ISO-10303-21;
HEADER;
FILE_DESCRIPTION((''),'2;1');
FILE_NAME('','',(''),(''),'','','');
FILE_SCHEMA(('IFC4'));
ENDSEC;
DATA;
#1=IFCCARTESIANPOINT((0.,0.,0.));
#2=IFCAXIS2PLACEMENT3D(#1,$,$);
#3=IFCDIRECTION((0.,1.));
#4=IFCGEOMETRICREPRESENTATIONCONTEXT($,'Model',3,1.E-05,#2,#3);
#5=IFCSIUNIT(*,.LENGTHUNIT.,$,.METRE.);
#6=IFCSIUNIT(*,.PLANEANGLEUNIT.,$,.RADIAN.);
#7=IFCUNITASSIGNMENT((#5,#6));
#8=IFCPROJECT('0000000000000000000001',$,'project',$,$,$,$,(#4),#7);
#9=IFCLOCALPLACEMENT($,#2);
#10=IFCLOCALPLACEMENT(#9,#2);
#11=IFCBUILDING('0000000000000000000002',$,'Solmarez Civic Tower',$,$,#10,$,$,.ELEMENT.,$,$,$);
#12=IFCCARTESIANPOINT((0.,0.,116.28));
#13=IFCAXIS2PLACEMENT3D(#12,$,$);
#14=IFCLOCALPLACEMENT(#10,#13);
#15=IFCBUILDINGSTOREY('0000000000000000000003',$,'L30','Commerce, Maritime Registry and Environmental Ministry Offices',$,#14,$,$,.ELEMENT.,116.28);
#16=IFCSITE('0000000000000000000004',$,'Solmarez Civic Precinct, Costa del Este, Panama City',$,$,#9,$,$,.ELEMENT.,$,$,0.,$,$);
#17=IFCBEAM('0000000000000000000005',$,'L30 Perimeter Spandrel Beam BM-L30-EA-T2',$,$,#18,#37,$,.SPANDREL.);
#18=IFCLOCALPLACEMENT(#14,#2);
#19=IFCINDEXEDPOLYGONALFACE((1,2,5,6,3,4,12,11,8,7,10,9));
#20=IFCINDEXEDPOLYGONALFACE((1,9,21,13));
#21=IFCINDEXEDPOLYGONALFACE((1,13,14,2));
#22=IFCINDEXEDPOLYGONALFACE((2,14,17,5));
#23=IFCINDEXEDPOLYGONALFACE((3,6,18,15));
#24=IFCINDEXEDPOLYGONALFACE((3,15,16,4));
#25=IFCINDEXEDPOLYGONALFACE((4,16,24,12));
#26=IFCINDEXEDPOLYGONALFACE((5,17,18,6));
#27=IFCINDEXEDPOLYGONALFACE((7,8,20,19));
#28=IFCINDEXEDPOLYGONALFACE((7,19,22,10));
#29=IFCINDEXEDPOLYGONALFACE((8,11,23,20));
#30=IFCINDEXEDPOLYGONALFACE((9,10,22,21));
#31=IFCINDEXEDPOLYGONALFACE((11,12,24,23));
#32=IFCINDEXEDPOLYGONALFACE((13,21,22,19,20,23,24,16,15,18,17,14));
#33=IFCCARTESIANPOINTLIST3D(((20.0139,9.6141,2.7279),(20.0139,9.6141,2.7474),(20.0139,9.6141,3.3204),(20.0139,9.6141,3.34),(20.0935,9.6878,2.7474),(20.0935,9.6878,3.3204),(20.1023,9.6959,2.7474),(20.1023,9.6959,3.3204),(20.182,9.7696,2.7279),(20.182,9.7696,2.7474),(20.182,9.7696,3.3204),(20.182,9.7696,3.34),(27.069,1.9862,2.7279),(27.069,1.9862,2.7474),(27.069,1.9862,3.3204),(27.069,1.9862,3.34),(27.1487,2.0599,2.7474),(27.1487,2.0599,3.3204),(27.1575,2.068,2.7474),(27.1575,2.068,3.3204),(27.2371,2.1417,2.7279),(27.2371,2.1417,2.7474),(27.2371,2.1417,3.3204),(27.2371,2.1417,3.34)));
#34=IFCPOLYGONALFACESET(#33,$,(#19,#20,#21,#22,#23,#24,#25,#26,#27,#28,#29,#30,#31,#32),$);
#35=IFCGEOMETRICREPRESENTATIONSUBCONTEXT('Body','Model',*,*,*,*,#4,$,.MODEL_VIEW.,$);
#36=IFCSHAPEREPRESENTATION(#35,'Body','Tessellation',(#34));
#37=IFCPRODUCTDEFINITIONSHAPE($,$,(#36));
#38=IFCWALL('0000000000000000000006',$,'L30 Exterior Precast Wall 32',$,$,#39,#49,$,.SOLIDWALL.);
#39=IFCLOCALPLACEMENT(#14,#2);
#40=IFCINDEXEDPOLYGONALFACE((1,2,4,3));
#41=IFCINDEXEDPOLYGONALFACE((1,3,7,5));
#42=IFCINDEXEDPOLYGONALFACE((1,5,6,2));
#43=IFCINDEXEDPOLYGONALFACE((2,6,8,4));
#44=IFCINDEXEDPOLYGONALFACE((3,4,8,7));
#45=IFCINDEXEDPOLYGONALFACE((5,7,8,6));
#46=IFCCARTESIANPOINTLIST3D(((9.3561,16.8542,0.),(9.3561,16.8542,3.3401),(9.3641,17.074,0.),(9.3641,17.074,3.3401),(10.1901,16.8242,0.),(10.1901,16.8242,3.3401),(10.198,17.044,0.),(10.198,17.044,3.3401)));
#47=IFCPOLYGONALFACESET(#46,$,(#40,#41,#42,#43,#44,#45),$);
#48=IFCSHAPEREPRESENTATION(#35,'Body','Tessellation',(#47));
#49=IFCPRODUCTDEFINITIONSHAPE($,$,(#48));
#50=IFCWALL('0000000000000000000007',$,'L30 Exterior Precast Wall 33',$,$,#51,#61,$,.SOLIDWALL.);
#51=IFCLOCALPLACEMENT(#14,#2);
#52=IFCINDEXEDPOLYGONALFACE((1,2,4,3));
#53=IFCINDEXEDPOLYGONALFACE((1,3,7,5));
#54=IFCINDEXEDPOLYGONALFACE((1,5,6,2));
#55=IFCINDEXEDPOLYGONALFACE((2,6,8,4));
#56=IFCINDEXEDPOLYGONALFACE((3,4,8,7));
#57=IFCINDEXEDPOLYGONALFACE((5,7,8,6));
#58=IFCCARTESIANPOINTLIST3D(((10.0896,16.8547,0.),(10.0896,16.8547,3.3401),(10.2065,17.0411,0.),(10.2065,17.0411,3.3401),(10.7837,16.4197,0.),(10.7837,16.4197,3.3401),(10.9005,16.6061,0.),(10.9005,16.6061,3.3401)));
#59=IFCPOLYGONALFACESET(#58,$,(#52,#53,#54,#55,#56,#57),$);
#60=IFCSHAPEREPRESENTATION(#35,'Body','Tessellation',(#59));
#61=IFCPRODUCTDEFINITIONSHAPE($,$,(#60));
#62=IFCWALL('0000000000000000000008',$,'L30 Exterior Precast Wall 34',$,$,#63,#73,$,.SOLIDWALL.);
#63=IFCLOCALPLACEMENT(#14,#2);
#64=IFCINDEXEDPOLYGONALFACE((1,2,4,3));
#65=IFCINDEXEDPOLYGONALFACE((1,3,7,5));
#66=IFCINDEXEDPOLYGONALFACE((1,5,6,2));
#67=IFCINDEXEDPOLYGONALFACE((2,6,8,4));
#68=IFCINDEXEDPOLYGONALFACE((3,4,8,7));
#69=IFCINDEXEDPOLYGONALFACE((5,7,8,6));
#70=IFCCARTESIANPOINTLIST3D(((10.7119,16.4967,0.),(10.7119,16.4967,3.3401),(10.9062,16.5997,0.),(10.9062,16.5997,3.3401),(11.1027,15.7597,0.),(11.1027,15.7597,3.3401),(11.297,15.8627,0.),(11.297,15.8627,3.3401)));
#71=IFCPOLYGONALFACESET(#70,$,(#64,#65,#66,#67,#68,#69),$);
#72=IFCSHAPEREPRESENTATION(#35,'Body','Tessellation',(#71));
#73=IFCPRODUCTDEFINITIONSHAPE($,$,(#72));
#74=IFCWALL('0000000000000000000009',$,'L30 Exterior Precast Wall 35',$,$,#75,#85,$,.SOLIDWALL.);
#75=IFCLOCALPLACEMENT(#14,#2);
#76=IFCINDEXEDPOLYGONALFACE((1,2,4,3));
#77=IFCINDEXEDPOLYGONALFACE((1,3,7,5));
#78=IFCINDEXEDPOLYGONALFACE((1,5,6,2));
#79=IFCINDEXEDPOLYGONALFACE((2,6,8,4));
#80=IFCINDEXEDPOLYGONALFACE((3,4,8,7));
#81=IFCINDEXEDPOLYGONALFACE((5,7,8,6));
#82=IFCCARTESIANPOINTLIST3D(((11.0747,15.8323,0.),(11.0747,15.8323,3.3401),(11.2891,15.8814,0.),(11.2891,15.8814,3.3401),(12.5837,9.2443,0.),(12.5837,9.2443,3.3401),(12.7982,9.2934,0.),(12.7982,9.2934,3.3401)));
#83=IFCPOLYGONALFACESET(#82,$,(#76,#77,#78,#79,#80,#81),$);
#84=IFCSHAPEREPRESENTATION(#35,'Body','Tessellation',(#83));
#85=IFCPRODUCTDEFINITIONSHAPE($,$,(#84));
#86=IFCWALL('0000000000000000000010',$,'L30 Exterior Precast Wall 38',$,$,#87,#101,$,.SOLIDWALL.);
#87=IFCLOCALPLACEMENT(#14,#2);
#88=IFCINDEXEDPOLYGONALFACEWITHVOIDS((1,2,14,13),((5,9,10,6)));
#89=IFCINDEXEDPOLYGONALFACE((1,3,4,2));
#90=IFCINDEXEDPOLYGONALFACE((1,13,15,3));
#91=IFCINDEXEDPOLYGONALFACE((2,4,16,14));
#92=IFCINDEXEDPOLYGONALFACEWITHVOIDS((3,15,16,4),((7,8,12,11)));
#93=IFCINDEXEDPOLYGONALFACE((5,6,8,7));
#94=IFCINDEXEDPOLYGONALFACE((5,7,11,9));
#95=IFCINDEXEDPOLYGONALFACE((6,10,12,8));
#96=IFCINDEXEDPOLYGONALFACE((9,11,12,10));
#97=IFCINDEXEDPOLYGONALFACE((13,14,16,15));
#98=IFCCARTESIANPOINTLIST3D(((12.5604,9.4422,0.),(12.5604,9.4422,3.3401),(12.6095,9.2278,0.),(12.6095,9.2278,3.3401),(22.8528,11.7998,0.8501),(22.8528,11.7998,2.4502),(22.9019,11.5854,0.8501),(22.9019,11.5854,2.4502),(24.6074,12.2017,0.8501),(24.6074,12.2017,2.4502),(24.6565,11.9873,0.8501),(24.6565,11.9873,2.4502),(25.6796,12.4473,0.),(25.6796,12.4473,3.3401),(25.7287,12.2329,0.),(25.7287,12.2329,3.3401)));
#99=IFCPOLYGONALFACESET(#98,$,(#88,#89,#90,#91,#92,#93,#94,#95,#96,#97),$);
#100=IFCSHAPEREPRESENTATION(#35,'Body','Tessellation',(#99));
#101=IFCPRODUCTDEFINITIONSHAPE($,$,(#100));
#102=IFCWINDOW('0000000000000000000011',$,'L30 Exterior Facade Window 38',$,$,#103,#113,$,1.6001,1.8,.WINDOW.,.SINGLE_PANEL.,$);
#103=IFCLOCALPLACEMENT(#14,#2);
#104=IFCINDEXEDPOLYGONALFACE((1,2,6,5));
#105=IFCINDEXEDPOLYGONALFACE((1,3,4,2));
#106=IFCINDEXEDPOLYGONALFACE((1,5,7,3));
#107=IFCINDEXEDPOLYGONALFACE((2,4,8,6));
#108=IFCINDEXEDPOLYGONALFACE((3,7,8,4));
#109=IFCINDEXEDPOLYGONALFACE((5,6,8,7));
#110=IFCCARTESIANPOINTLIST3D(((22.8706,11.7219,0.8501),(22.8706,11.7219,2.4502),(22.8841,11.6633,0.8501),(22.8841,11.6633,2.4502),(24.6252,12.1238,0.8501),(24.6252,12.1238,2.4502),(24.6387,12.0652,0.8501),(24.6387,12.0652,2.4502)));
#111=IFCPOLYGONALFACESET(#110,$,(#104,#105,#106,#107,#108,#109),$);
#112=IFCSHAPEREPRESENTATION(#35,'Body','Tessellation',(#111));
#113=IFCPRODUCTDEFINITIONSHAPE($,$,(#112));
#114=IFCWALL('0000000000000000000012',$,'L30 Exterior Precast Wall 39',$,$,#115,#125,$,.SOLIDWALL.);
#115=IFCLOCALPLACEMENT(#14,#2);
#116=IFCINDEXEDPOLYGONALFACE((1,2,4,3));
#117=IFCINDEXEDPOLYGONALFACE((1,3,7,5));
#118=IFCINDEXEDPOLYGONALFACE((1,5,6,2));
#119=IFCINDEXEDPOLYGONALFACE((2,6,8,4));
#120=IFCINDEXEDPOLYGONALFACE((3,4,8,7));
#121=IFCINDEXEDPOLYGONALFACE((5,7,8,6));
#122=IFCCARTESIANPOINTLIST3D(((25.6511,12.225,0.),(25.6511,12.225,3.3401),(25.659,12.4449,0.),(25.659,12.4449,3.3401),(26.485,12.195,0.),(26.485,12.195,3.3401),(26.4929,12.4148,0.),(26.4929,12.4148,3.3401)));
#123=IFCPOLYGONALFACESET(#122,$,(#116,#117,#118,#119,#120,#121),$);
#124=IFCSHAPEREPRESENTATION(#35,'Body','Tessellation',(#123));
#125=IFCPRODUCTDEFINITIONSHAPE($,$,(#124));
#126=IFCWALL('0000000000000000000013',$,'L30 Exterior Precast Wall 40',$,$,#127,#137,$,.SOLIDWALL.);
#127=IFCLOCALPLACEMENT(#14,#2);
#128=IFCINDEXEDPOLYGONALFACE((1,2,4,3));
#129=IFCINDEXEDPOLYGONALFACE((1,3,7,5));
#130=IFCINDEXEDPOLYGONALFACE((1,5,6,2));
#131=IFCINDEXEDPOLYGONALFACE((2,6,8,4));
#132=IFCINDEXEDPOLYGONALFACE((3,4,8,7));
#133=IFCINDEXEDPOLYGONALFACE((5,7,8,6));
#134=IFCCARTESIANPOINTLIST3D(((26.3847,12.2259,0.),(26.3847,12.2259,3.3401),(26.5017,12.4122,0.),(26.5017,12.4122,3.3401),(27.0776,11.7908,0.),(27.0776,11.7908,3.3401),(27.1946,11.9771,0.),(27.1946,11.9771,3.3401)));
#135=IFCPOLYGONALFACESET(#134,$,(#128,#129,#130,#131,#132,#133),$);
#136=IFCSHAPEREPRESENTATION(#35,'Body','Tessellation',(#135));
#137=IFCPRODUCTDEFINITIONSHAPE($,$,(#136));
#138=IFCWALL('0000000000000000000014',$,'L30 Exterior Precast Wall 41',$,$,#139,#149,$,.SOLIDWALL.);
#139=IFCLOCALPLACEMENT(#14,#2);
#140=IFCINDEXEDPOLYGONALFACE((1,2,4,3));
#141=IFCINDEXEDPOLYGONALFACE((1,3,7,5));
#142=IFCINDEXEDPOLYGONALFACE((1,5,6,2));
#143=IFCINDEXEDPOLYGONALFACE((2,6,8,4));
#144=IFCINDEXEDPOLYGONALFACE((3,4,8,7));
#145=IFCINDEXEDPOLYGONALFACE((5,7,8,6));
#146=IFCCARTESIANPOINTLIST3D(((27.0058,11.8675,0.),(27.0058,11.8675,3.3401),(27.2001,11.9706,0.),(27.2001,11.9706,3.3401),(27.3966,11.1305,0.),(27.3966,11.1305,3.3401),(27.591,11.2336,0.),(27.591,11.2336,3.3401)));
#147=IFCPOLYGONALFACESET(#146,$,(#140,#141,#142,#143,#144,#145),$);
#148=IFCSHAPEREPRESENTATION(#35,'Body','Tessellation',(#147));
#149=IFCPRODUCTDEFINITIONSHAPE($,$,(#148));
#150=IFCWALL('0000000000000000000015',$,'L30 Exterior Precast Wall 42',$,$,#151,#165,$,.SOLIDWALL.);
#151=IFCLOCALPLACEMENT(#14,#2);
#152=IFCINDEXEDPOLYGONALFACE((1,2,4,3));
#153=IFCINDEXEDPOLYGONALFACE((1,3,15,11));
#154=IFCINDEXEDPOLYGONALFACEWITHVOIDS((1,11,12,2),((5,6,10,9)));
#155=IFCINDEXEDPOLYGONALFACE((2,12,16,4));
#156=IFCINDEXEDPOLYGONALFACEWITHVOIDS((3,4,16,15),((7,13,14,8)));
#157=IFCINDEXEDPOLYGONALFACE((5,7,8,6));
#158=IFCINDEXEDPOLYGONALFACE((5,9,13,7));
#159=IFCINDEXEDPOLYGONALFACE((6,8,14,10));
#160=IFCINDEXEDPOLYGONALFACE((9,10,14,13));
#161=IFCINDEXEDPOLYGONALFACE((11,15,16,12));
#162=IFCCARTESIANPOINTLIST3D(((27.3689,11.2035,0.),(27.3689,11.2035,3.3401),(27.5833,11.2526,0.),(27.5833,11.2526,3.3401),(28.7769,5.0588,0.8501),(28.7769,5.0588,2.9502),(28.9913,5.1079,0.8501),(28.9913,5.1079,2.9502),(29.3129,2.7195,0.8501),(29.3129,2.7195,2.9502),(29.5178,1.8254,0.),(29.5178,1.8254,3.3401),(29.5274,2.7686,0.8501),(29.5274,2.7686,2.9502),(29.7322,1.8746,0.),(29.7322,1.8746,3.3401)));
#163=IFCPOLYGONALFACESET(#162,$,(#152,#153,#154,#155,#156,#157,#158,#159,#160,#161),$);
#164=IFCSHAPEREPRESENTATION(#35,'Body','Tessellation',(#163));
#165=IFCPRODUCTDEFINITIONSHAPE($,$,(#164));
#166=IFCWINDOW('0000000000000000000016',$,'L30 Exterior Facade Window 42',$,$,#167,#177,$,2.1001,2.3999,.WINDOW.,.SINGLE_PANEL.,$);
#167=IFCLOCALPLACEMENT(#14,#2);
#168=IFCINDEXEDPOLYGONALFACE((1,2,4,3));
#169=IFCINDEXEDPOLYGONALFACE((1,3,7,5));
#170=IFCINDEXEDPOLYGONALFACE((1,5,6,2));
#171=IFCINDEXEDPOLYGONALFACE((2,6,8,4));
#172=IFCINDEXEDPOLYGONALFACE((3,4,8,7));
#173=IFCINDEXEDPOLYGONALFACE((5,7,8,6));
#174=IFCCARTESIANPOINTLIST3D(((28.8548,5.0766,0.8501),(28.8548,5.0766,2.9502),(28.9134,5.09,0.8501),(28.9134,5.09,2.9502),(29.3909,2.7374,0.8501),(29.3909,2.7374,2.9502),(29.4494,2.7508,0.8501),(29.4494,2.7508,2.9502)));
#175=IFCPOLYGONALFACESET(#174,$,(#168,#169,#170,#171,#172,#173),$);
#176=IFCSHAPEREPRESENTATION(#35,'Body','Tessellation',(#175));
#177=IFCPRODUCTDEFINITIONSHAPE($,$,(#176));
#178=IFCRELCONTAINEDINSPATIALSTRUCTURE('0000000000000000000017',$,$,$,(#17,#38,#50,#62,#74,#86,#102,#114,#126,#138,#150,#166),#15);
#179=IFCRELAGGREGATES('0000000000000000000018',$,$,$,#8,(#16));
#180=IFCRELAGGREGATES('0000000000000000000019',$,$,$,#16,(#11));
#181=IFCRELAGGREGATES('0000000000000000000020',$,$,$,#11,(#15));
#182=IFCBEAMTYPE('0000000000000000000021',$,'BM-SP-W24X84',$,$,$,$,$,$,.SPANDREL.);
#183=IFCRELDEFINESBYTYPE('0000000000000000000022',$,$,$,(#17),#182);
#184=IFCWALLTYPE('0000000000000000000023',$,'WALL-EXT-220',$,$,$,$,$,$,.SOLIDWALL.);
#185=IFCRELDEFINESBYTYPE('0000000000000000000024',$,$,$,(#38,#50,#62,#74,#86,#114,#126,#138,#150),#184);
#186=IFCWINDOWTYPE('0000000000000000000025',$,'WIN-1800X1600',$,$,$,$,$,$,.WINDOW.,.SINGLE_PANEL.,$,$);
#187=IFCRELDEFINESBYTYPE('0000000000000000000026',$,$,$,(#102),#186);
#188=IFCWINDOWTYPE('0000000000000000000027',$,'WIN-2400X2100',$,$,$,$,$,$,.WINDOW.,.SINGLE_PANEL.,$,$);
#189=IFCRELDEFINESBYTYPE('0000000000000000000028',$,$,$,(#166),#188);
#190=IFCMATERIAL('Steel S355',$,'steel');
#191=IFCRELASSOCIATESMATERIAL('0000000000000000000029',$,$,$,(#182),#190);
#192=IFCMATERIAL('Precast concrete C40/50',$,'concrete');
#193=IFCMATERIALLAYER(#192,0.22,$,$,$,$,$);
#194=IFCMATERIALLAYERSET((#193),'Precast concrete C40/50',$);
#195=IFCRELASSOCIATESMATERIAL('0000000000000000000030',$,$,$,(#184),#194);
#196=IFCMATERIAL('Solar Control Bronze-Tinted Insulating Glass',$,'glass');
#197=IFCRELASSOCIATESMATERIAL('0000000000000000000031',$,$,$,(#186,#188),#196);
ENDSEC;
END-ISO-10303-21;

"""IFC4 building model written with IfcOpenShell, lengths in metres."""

from ifc_helpers import new_model, si_unit, direction, frame, frame_2d, origin, origin_2d, place, context, subcontext, project, spatial, rectangle, i_section, extrude, material, layer, layer_set, material_profile, profile_set, type_object, element, fill, save


model = new_model("IFC4")

# Units and contexts
model_context = context("Model", 3, precision=1e-05, world=origin(), true_north=direction((0.0, 1.0)))
body_context = subcontext(model_context, "Body", "Model", "MODEL_VIEW")
ifc_project = project(units=[si_unit("LENGTHUNIT", "METRE"), si_unit("PLANEANGLEUNIT", "RADIAN")], contexts=[model_context])

# Site, building, storey
site_placement = place(None, origin())
site = spatial("IfcSite", under=ifc_project, at=site_placement, Name="Solmarez Civic Precinct, Costa del Este, Panama City", CompositionType="ELEMENT", RefElevation=0.0)
building_placement = place(site_placement, origin())
building = spatial("IfcBuilding", under=site, at=building_placement, Name="Solmarez Civic Tower", CompositionType="ELEMENT")
storey_placement = place(building_placement, frame((0.0, 0.0, 116.28)))
storey = spatial("IfcBuildingStorey", under=building, at=storey_placement, Name="L30", Description="Commerce, Maritime Registry and Environmental Ministry Offices", CompositionType="ELEMENT", Elevation=116.28)

# Beam
ifc_material_1 = material(Name="Steel S355", Category="steel")
ifc_material_profile_1 = material_profile(ifc_material_1, i_section(OverallWidth=0.229, OverallDepth=0.6121, WebThickness=0.012, FlangeThickness=0.0195, at=origin_2d()), Name="W24X84")
ifc_profile_set_1 = profile_set([ifc_material_profile_1], Name="Steel S355")
beam_type_1 = type_object("IfcBeamType", Name="BM-SP-W24X84", PredefinedType="SPANDREL", material=ifc_profile_set_1)
beam_1_placement = place(storey_placement, frame((27.1531, 2.064, 3.0339), z_axis=(-0.679008, 0.734131, 0.0), x_axis=(-0.734131, -0.679008, 0.0)))
element("IfcBeam", 1, at=beam_1_placement, inside=storey, type_object=beam_type_1, Name="L30 Perimeter Spandrel Beam BM-L30-EA-T2", PredefinedType="SPANDREL", context=body_context, shape_type="SweptSolid", body=[
    extrude(i_section(OverallWidth=0.229, OverallDepth=0.6121, WebThickness=0.012, FlangeThickness=0.0195, at=origin_2d()), origin(), (0.0, 0.0, 1.0), 10.3904),
])

# Walls
ifc_material_2 = material(Name="Precast concrete C40/50", Category="concrete")
ifc_layer_1 = layer(ifc_material_2, 0.22)
ifc_layer_set_1 = layer_set([ifc_layer_1], Name="Precast concrete C40/50")
wall_type_1 = type_object("IfcWallType", Name="WALL-EXT-220", PredefinedType="SOLIDWALL", material=ifc_layer_set_1)
wall_1_placement = place(storey_placement, frame((9.3601, 16.9641, 0.0), z_axis=(0.0, 0.0, 1.0), x_axis=(0.999352, -0.035984, 0.0)))
element("IfcWall", 2, at=wall_1_placement, inside=storey, type_object=wall_type_1, Name="L30 Exterior Precast Wall 32", PredefinedType="SOLIDWALL", context=body_context, shape_type="SweptSolid", body=[
    extrude(rectangle(XDim=0.8345, YDim=0.22, at=frame_2d((0.4172, 0.0))), origin(), (0.0, 0.0, 1.0), 3.3401),
])
wall_2_placement = place(storey_placement, frame((10.1479, 16.948, 0.0), z_axis=(0.0, 0.0, 1.0), x_axis=(0.847311, -0.531097, 0.0)))
element("IfcWall", 3, at=wall_2_placement, inside=storey, type_object=wall_type_1, Name="L30 Exterior Precast Wall 33", PredefinedType="SOLIDWALL", context=body_context, shape_type="SweptSolid", body=[
    extrude(rectangle(XDim=0.8191, YDim=0.22, at=frame_2d((0.4097, 0.0))), origin(), (0.0, 0.0, 1.0), 3.3401),
])
wall_3_placement = place(storey_placement, frame((10.8091, 16.5481, 0.0), z_axis=(0.0, 0.0, 1.0), x_axis=(0.468506, -0.88346, 0.0)))
element("IfcWall", 4, at=wall_3_placement, inside=storey, type_object=wall_type_1, Name="L30 Exterior Precast Wall 34", PredefinedType="SOLIDWALL", context=body_context, shape_type="SweptSolid", body=[
    extrude(rectangle(XDim=0.8342, YDim=0.22, at=frame_2d((0.417, 0.0))), origin(), (0.0, 0.0, 1.0), 3.3401),
])
wall_4_placement = place(storey_placement, frame((11.1819, 15.8569, 0.0), z_axis=(0.0, 0.0, 1.0), x_axis=(0.223279, -0.974755, 0.0)))
element("IfcWall", 5, at=wall_4_placement, inside=storey, type_object=wall_type_1, Name="L30 Exterior Precast Wall 35", PredefinedType="SOLIDWALL", context=body_context, shape_type="SweptSolid", body=[
    extrude(rectangle(XDim=6.7585, YDim=0.22, at=frame_2d((3.3794, 0.0))), origin(), (0.0, 0.0, 1.0), 3.3401),
])

# Wall, opening, window
wall_5_placement = place(storey_placement, frame((12.585, 9.335, 0.0), z_axis=(0.0, 0.0, 1.0), x_axis=(0.974754, 0.223281, 0.0)))
wall_5 = element("IfcWall", 6, at=wall_5_placement, inside=storey, type_object=wall_type_1, Name="L30 Exterior Precast Wall 38", PredefinedType="SOLIDWALL", context=body_context, shape_type="SweptSolid", body=[
    extrude(rectangle(XDim=13.459, YDim=0.22, at=frame_2d((6.7295, 0.0))), origin(), (0.0, 0.0, 1.0), 3.3401),
])
opening_1_placement = place(wall_5_placement, frame((10.5591, 0.0, 0.8501)))
opening_1 = element("IfcOpeningElement", 7, at=opening_1_placement, cuts=wall_5, PredefinedType="OPENING", context=body_context, shape_type="SweptSolid", body=[
    extrude(rectangle(XDim=1.8, YDim=1.6001, at=frame_2d((0.8999, 0.8))), frame((0.0, 0.1199, 0.0), z_axis=(0.0, -1.0, 0.0), x_axis=(1.0, 0.0, 0.0)), (0.0, 0.0, 1.0), 0.24),
])
ifc_material_3 = material(Name="Solar Control Bronze-Tinted Insulating Glass", Category="glass")
window_type_1 = type_object("IfcWindowType", Name="WIN-1800X1600", PartitioningType="SINGLE_PANEL", PredefinedType="WINDOW", material=ifc_material_3)
window_1_placement = place(opening_1_placement, origin())
window_1 = element("IfcWindow", 8, at=window_1_placement, inside=storey, type_object=window_type_1, Name="L30 Exterior Facade Window 38", OverallHeight=1.6001, OverallWidth=1.8, PartitioningType="SINGLE_PANEL", PredefinedType="WINDOW", context=body_context, shape_type="SweptSolid", body=[
    extrude(rectangle(XDim=1.8, YDim=1.6001, at=frame_2d((0.8999, 0.8))), frame((0.0, 0.03, 0.0), z_axis=(0.0, -1.0, 0.0), x_axis=(1.0, 0.0, 0.0)), (0.0, 0.0, 1.0), 0.0601),
])
fill(opening_1, window_1)

# Walls
wall_6_placement = place(storey_placement, frame((25.655, 12.335, 0.0), z_axis=(0.0, 0.0, 1.0), x_axis=(0.999352, -0.035984, 0.0)))
element("IfcWall", 9, at=wall_6_placement, inside=storey, type_object=wall_type_1, Name="L30 Exterior Precast Wall 39", PredefinedType="SOLIDWALL", context=body_context, shape_type="SweptSolid", body=[
    extrude(rectangle(XDim=0.8345, YDim=0.22, at=frame_2d((0.4172, 0.0))), origin(), (0.0, 0.0, 1.0), 3.3401),
])
wall_7_placement = place(storey_placement, frame((26.4431, 12.3191, 0.0), z_axis=(0.0, 0.0, 1.0), x_axis=(0.84689, -0.531768, 0.0)))
element("IfcWall", 10, at=wall_7_placement, inside=storey, type_object=wall_type_1, Name="L30 Exterior Precast Wall 40", PredefinedType="SOLIDWALL", context=body_context, shape_type="SweptSolid", body=[
    extrude(rectangle(XDim=0.8181, YDim=0.22, at=frame_2d((0.4092, 0.0))), origin(), (0.0, 0.0, 1.0), 3.3401),
])
wall_8_placement = place(storey_placement, frame((27.103, 11.9189, 0.0), z_axis=(0.0, 0.0, 1.0), x_axis=(0.468506, -0.88346, 0.0)))
element("IfcWall", 11, at=wall_8_placement, inside=storey, type_object=wall_type_1, Name="L30 Exterior Precast Wall 41", PredefinedType="SOLIDWALL", context=body_context, shape_type="SweptSolid", body=[
    extrude(rectangle(XDim=0.8342, YDim=0.22, at=frame_2d((0.417, 0.0))), origin(), (0.0, 0.0, 1.0), 3.3401),
])

# Wall, opening, window
wall_9_placement = place(storey_placement, frame((27.4761, 11.228, 0.0), z_axis=(0.0, 0.0, 1.0), x_axis=(0.223358, -0.974736, 0.0)))
wall_9 = element("IfcWall", 12, at=wall_9_placement, inside=storey, type_object=wall_type_1, Name="L30 Exterior Precast Wall 42", PredefinedType="SOLIDWALL", context=body_context, shape_type="SweptSolid", body=[
    extrude(rectangle(XDim=9.6211, YDim=0.22, at=frame_2d((4.8105, 0.0))), origin(), (0.0, 0.0, 1.0), 3.3401),
])
opening_2_placement = place(wall_9_placement, frame((6.304, 0.0, 0.8501)))
opening_2 = element("IfcOpeningElement", 13, at=opening_2_placement, cuts=wall_9, PredefinedType="OPENING", context=body_context, shape_type="SweptSolid", body=[
    extrude(rectangle(XDim=2.3999, YDim=2.1001, at=frame_2d((1.2, 1.05))), frame((0.0, 0.1199, 0.0), z_axis=(0.0, -1.0, 0.0), x_axis=(1.0, 0.0, 0.0)), (0.0, 0.0, 1.0), 0.24),
])
window_type_2 = type_object("IfcWindowType", Name="WIN-2400X2100", PartitioningType="SINGLE_PANEL", PredefinedType="WINDOW", material=ifc_material_3)
window_2_placement = place(opening_2_placement, origin())
window_2 = element("IfcWindow", 14, at=window_2_placement, inside=storey, type_object=window_type_2, Name="L30 Exterior Facade Window 42", OverallHeight=2.1001, OverallWidth=2.3999, PartitioningType="SINGLE_PANEL", PredefinedType="WINDOW", context=body_context, shape_type="SweptSolid", body=[
    extrude(rectangle(XDim=2.3999, YDim=2.1001, at=frame_2d((1.2, 1.05))), frame((0.0, 0.03, 0.0), z_axis=(0.0, -1.0, 0.0), x_axis=(1.0, 0.0, 0.0)), (0.0, 0.0, 1.0), 0.0601),
])
fill(opening_2, window_2)

save(model, "model.ifc")
